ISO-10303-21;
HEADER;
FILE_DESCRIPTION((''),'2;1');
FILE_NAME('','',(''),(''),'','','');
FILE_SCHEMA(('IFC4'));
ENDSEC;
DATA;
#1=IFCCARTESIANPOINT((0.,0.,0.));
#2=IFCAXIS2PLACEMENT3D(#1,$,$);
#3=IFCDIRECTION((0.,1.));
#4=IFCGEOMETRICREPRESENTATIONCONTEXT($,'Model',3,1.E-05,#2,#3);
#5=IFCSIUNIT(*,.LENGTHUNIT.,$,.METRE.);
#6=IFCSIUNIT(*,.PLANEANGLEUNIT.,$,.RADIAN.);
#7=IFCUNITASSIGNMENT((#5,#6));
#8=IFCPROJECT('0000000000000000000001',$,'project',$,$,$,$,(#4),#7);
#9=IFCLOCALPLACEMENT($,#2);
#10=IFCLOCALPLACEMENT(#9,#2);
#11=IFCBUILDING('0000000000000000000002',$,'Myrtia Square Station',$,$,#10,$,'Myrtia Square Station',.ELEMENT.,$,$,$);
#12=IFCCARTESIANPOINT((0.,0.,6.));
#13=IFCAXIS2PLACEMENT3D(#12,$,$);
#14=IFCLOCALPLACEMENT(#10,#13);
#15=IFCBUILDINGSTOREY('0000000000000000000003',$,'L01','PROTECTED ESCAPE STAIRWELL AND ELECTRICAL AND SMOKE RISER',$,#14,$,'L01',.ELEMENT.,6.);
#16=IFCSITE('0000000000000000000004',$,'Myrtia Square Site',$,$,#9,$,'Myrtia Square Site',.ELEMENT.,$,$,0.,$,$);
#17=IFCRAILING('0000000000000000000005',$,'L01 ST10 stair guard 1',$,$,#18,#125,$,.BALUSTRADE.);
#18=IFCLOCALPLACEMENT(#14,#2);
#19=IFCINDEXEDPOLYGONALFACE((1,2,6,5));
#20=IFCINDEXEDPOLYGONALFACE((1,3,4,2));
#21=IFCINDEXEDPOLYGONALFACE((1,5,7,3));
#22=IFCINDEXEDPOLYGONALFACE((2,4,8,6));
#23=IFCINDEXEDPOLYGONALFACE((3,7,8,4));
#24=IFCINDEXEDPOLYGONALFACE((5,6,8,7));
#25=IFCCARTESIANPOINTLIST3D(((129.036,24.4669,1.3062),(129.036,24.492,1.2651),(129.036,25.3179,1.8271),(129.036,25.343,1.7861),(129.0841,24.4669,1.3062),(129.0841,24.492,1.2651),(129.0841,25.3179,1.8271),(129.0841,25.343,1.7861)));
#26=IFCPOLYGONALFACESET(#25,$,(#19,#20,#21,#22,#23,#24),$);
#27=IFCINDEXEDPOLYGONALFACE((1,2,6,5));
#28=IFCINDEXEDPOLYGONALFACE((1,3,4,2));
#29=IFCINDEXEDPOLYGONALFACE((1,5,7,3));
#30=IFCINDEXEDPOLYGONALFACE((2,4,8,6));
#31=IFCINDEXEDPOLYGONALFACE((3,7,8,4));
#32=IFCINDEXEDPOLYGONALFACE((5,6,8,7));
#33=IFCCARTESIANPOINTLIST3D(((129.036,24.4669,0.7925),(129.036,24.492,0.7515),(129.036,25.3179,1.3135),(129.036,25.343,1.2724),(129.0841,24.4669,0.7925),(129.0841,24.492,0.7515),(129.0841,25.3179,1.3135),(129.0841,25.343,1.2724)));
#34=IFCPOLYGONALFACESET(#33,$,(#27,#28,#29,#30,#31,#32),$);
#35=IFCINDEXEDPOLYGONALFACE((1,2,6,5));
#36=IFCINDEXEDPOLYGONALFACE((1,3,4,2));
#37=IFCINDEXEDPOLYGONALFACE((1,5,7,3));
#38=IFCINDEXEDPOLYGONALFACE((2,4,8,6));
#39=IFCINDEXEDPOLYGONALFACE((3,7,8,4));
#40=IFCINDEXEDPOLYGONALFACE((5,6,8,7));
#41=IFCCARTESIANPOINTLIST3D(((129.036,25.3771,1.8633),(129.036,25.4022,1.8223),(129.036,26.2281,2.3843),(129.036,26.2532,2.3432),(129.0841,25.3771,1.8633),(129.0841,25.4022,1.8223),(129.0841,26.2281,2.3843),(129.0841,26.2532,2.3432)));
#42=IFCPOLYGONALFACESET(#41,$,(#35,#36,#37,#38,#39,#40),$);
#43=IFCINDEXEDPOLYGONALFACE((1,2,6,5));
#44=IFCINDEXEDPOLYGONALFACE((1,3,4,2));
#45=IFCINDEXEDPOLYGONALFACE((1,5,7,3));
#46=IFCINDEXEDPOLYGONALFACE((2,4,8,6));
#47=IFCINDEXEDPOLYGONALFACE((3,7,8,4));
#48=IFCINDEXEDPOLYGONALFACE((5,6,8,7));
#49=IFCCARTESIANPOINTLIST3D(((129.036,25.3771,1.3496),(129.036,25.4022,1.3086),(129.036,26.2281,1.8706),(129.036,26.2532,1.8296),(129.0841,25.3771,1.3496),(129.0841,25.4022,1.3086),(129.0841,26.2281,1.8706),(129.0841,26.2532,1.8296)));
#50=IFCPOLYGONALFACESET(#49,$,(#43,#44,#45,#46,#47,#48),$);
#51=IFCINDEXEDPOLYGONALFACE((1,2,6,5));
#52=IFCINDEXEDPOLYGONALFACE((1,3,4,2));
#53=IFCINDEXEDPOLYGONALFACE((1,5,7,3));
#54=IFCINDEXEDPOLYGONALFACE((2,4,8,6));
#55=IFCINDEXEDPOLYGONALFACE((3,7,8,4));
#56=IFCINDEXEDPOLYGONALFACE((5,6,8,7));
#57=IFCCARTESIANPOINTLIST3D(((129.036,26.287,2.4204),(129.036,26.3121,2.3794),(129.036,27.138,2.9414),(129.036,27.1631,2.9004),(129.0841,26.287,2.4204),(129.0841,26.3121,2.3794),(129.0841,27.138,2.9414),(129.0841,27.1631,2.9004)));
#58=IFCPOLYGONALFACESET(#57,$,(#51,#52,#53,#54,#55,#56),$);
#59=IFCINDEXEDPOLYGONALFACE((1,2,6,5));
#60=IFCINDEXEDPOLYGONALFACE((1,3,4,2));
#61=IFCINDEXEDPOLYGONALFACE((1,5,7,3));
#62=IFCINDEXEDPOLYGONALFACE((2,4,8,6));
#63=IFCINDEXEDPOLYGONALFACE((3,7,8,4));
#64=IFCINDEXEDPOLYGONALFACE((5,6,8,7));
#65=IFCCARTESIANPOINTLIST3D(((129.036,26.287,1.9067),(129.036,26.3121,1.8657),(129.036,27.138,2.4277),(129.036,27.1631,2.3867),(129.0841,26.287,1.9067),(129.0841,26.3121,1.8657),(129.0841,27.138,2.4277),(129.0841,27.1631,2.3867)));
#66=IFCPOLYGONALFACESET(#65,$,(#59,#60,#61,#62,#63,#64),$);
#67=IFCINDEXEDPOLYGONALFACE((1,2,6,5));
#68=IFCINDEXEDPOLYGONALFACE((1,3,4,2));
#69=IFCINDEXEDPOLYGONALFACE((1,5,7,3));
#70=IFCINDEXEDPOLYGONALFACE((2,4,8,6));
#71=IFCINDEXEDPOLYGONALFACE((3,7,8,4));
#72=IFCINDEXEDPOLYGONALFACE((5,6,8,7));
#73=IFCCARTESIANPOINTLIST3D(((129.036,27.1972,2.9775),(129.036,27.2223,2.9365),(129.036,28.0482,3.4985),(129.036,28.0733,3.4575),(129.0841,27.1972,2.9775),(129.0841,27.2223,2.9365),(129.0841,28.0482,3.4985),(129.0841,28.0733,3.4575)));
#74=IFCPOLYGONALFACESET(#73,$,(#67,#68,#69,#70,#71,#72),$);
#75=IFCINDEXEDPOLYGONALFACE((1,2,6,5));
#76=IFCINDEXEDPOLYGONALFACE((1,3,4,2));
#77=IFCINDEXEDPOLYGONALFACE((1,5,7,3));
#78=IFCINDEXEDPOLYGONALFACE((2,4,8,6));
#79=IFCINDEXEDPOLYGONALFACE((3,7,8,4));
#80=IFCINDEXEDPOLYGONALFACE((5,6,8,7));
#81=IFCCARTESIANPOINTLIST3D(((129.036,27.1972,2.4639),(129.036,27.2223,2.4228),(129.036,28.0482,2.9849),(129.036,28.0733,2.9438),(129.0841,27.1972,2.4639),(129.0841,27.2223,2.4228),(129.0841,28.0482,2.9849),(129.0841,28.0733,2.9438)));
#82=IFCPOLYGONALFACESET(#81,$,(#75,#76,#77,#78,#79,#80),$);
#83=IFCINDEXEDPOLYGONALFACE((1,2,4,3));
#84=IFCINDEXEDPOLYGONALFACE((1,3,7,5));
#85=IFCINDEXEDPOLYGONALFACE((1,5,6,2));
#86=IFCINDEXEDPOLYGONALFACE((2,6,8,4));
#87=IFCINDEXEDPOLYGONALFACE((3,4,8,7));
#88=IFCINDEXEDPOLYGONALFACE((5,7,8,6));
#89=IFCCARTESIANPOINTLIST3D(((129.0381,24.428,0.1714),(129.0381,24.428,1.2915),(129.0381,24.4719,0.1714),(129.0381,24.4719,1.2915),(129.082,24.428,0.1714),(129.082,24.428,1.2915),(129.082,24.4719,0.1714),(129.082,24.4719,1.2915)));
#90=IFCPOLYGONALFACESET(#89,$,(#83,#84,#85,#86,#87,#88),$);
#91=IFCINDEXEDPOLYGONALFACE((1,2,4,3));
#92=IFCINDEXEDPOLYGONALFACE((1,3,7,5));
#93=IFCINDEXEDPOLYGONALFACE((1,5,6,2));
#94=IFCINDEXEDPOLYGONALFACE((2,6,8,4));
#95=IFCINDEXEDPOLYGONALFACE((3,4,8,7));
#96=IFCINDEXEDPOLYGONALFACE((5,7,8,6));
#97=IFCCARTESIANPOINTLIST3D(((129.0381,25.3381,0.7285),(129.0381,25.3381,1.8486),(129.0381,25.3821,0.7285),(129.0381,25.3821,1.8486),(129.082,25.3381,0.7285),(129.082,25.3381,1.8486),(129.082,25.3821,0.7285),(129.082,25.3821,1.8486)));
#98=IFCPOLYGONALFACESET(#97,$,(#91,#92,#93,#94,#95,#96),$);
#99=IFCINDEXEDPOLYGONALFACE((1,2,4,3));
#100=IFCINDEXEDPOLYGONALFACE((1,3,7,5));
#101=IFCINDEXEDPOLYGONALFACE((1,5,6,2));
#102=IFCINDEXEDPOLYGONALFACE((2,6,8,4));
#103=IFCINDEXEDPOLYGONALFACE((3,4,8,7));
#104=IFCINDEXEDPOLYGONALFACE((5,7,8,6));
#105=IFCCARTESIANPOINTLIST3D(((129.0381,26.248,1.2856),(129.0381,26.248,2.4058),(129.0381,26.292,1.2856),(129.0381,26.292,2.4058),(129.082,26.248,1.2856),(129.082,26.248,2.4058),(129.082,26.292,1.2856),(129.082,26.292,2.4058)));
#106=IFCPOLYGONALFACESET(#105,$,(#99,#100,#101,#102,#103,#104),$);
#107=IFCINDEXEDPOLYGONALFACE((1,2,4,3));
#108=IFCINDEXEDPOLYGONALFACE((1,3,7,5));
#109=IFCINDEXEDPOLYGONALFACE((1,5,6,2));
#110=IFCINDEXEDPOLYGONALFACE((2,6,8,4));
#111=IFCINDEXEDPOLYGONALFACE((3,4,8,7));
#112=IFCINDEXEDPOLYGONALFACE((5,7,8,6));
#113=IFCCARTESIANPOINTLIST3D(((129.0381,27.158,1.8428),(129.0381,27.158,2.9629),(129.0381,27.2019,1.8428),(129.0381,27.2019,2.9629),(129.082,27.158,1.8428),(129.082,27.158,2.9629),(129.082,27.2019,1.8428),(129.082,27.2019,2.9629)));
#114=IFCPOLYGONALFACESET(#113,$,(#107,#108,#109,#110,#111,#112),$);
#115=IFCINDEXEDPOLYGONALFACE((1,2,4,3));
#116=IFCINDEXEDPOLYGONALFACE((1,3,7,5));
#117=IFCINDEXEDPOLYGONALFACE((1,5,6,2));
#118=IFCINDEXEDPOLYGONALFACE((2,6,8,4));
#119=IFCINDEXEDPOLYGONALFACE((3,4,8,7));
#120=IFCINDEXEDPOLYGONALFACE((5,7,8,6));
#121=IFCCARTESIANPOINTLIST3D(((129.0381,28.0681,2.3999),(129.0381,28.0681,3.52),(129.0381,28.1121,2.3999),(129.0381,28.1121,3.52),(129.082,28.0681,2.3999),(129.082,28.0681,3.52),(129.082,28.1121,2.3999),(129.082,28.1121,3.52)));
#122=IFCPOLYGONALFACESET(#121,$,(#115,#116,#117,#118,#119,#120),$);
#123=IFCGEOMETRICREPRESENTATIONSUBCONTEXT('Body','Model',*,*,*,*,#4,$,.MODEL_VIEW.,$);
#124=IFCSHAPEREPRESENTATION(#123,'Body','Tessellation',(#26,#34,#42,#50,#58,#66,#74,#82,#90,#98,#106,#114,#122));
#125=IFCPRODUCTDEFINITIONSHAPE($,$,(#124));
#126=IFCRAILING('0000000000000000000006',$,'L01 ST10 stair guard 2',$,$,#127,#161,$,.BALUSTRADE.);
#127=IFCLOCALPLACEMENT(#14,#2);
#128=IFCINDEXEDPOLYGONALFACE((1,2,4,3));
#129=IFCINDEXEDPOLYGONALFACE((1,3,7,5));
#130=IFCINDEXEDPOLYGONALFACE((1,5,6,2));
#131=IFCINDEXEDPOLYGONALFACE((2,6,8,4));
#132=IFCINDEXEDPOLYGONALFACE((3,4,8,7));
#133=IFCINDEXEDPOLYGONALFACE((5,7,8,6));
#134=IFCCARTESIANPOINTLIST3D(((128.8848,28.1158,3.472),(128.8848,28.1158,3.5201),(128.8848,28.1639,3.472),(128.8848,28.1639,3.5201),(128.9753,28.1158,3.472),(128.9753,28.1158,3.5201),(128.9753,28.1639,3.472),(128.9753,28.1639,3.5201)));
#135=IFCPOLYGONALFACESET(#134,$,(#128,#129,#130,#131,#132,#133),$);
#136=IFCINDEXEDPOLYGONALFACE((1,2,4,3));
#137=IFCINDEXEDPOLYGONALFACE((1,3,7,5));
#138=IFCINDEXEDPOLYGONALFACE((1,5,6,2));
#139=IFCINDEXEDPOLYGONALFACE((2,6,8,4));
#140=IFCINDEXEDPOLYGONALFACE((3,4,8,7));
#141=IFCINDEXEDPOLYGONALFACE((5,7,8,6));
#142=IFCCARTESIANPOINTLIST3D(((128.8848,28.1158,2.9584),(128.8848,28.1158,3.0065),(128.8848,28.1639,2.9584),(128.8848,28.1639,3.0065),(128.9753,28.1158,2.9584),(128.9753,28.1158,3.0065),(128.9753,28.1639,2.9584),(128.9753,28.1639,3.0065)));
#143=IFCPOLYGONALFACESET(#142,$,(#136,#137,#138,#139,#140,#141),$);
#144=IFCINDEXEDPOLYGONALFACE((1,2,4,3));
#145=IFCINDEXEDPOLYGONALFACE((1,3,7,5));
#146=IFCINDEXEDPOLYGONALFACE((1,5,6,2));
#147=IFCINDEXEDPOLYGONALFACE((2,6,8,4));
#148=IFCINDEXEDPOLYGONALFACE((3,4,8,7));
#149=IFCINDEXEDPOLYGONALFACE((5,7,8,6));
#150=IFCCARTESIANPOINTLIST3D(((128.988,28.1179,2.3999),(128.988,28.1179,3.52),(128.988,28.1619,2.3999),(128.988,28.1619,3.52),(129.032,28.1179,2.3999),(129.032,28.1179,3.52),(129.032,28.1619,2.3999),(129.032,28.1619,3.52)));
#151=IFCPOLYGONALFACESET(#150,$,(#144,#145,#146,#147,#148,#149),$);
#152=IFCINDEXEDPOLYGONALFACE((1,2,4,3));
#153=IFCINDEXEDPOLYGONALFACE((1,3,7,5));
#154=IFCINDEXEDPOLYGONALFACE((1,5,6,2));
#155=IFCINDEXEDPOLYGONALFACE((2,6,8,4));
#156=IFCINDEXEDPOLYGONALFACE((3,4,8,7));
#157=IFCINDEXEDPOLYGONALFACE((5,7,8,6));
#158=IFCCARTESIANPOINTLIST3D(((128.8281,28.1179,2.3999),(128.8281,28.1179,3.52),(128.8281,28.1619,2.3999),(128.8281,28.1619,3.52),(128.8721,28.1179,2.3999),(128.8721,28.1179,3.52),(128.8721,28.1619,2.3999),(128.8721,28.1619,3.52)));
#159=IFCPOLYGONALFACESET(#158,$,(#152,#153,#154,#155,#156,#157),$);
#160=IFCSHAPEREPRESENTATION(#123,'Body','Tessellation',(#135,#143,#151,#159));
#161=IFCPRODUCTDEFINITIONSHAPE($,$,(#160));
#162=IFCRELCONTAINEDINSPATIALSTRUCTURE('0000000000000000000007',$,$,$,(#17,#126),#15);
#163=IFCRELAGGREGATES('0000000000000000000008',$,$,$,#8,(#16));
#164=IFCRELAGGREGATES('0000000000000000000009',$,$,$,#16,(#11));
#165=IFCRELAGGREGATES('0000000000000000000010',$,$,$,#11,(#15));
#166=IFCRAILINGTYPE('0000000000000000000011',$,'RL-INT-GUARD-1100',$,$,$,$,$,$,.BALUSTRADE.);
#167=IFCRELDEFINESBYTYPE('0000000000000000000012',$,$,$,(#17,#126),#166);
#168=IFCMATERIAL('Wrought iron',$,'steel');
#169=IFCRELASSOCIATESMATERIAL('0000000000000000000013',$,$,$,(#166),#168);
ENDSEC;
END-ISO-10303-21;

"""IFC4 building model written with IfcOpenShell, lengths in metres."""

from ifc_helpers import new_model, si_unit, direction, frame, origin, origin_2d, place, context, subcontext, project, spatial, rectangle, extrude, material, type_object, element, save


model = new_model("IFC4")

# Units and contexts
model_context = context("Model", 3, precision=1e-05, world=origin(), true_north=direction((0.0, 1.0)))
body_context = subcontext(model_context, "Body", "Model", "MODEL_VIEW")
ifc_project = project(units=[si_unit("LENGTHUNIT", "METRE"), si_unit("PLANEANGLEUNIT", "RADIAN")], contexts=[model_context])

# Site, building, storey
site_placement = place(None, origin())
site = spatial("IfcSite", under=ifc_project, at=site_placement, Name="Myrtia Square Site", LongName="Myrtia Square Site", CompositionType="ELEMENT", RefElevation=0.0)
building_placement = place(site_placement, origin())
building = spatial("IfcBuilding", under=site, at=building_placement, Name="Myrtia Square Station", LongName="Myrtia Square Station", CompositionType="ELEMENT")
storey_placement = place(building_placement, frame((0.0, 0.0, 6.0)))
storey = spatial("IfcBuildingStorey", under=building, at=storey_placement, Name="L01", Description="PROTECTED ESCAPE STAIRWELL AND ELECTRICAL AND SMOKE RISER", LongName="L01", CompositionType="ELEMENT", Elevation=6.0)

# Railings
ifc_material_1 = material(Name="Wrought iron", Category="steel")
railing_type_1 = type_object("IfcRailingType", Name="RL-INT-GUARD-1100", PredefinedType="BALUSTRADE", material=ifc_material_1)
railing_1_placement = place(storey_placement, frame((129.0601, 24.45, 0.1714)))
element("IfcRailing", 1, at=railing_1_placement, inside=storey, type_object=railing_type_1, Name="L01 ST10 stair guard 1", PredefinedType="BALUSTRADE", context=body_context, shape_type="SweptSolid", body=[
    extrude(rectangle(XDim=0.0481, YDim=0.0481, at=origin_2d()), frame((0.0, 0.0295, 1.1143), z_axis=(0.0, 0.852866, 0.52213), x_axis=(-1.0, 0.0, 0.0)), (0.0, 0.0, 1.0), 0.9978),
    extrude(rectangle(XDim=0.0481, YDim=0.0481, at=origin_2d()), frame((0.0, 0.0295, 0.6006), z_axis=(0.0, 0.852866, 0.52213), x_axis=(-1.0, 0.0, 0.0)), (0.0, 0.0, 1.0), 0.9978),
    extrude(rectangle(XDim=0.0481, YDim=0.0481, at=origin_2d()), frame((0.0, 0.9397, 1.6714), z_axis=(0.0, 0.852866, 0.52213), x_axis=(-1.0, 0.0, 0.0)), (0.0, 0.0, 1.0), 0.9978),
    extrude(rectangle(XDim=0.0481, YDim=0.0481, at=origin_2d()), frame((0.0, 0.9397, 1.1577), z_axis=(0.0, 0.852866, 0.52213), x_axis=(-1.0, 0.0, 0.0)), (0.0, 0.0, 1.0), 0.9978),
    extrude(rectangle(XDim=0.0481, YDim=0.0481, at=origin_2d()), frame((0.0, 1.8496, 2.2285), z_axis=(0.0, 0.852866, 0.52213), x_axis=(-1.0, 0.0, 0.0)), (0.0, 0.0, 1.0), 0.9978),
    extrude(rectangle(XDim=0.0481, YDim=0.0481, at=origin_2d()), frame((0.0, 1.8496, 1.7148), z_axis=(0.0, 0.852866, 0.52213), x_axis=(-1.0, 0.0, 0.0)), (0.0, 0.0, 1.0), 0.9978),
    extrude(rectangle(XDim=0.0481, YDim=0.0481, at=origin_2d()), frame((0.0, 2.7598, 2.7856), z_axis=(0.0, 0.852866, 0.52213), x_axis=(-1.0, 0.0, 0.0)), (0.0, 0.0, 1.0), 0.9978),
    extrude(rectangle(XDim=0.0481, YDim=0.0481, at=origin_2d()), frame((0.0, 2.7598, 2.272), z_axis=(0.0, 0.852866, 0.52213), x_axis=(-1.0, 0.0, 0.0)), (0.0, 0.0, 1.0), 0.9978),
    extrude(rectangle(XDim=0.0439, YDim=0.0439, at=origin_2d()), origin(), (0.0, 0.0, 1.0), 1.1201),
    extrude(rectangle(XDim=0.0439, YDim=0.0439, at=origin_2d()), frame((0.0, 0.9102, 0.5571)), (0.0, 0.0, 1.0), 1.1201),
    extrude(rectangle(XDim=0.0439, YDim=0.0439, at=origin_2d()), frame((0.0, 1.8201, 1.1143)), (0.0, 0.0, 1.0), 1.1201),
    extrude(rectangle(XDim=0.0439, YDim=0.0439, at=origin_2d()), frame((0.0, 2.73, 1.6714)), (0.0, 0.0, 1.0), 1.1201),
    extrude(rectangle(XDim=0.0439, YDim=0.0439, at=origin_2d()), frame((0.0, 3.6401, 2.2285)), (0.0, 0.0, 1.0), 1.1201),
])
railing_2_placement = place(storey_placement, frame((129.01, 28.1399, 2.3999)))
element("IfcRailing", 2, at=railing_2_placement, inside=storey, type_object=railing_type_1, Name="L01 ST10 stair guard 2", PredefinedType="BALUSTRADE", context=body_context, shape_type="SweptSolid", body=[
    extrude(rectangle(XDim=0.0481, YDim=0.0481, at=origin_2d()), frame((-0.0347, 0.0, 1.0962), z_axis=(-1.0, 0.0, 0.0), x_axis=(0.0, -1.0, 0.0)), (0.0, 0.0, 1.0), 0.0906),
    extrude(rectangle(XDim=0.0481, YDim=0.0481, at=origin_2d()), frame((-0.0347, 0.0, 0.5825), z_axis=(-1.0, 0.0, 0.0), x_axis=(0.0, -1.0, 0.0)), (0.0, 0.0, 1.0), 0.0906),
    extrude(rectangle(XDim=0.0439, YDim=0.0439, at=origin_2d()), origin(), (0.0, 0.0, 1.0), 1.1201),
    extrude(rectangle(XDim=0.0439, YDim=0.0439, at=origin_2d()), frame((-0.1599, 0.0, 0.0)), (0.0, 0.0, 1.0), 1.1201),
])

save(model, "model.ifc")
